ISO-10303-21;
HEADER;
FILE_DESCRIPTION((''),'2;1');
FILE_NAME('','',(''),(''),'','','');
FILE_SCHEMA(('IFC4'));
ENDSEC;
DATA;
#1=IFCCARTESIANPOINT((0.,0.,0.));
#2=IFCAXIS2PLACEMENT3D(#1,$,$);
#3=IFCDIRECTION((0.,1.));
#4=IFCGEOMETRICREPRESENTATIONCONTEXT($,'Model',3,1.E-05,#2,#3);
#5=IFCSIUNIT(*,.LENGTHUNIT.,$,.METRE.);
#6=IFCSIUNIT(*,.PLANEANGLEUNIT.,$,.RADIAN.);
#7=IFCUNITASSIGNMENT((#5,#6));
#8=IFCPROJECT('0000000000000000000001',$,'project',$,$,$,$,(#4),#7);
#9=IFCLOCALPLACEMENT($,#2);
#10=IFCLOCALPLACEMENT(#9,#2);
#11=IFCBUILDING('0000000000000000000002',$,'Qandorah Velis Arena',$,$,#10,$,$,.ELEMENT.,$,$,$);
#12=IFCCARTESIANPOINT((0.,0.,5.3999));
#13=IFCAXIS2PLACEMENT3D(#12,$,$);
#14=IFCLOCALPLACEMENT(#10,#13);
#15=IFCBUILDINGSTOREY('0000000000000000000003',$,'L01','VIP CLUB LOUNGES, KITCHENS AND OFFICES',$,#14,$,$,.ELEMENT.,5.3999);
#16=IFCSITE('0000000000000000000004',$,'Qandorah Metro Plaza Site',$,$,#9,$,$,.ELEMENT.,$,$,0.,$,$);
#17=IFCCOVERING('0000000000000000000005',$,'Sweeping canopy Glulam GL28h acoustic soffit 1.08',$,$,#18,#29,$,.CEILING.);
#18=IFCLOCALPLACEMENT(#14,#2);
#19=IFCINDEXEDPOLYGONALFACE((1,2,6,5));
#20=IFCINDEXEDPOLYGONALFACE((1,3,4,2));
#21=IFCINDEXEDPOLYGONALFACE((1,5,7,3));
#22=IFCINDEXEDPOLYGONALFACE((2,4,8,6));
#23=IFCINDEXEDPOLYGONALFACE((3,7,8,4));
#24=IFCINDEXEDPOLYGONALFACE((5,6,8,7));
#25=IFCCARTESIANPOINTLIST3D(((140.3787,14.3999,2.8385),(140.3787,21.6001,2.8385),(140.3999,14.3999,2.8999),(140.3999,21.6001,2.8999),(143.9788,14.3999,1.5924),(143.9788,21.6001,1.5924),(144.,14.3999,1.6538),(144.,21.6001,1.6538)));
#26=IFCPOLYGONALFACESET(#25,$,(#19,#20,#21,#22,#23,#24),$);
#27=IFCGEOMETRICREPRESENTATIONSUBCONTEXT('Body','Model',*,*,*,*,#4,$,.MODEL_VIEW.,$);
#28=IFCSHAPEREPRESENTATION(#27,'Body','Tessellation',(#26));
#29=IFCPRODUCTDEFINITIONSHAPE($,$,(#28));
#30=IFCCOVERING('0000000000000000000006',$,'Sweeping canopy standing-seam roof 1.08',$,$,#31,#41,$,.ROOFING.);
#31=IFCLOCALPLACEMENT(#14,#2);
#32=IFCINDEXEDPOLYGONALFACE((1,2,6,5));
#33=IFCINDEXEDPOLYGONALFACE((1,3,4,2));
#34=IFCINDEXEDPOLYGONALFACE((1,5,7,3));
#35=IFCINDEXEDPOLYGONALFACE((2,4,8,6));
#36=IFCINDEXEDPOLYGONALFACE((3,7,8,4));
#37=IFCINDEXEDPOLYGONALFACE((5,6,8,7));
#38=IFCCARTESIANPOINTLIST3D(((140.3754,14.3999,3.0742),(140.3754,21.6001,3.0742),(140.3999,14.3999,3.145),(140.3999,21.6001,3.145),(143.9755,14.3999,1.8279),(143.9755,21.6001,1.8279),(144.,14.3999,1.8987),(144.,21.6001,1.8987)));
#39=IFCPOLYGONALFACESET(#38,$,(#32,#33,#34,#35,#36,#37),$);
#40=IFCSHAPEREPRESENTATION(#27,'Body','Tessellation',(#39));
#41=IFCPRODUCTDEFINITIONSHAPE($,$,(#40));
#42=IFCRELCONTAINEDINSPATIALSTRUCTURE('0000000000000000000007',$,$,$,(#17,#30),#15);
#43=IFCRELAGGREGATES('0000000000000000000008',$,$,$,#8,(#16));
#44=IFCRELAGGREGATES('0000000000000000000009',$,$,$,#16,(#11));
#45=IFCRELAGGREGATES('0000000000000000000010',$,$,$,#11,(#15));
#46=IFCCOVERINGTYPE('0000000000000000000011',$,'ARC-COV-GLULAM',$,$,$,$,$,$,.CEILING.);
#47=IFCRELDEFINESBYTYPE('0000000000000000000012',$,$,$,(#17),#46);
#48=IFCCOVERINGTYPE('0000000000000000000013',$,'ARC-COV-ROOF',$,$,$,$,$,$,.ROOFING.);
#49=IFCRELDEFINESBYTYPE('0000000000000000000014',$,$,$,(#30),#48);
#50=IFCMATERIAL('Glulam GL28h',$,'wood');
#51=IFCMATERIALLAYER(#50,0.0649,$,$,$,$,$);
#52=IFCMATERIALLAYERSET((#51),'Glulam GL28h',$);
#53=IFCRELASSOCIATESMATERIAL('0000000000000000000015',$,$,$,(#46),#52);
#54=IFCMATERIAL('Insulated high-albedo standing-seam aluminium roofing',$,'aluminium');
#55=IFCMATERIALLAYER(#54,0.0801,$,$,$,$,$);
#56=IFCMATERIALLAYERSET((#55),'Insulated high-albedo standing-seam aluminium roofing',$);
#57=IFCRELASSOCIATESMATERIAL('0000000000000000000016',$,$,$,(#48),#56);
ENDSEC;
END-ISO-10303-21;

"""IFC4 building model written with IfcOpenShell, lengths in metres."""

from ifc_helpers import new_model, si_unit, direction, frame, origin, place, context, subcontext, project, spatial, polyline, outline, extrude, material, layer, layer_set, type_object, element, save


model = new_model("IFC4")

# Units and contexts
model_context = context("Model", 3, precision=1e-05, world=origin(), true_north=direction((0.0, 1.0)))
body_context = subcontext(model_context, "Body", "Model", "MODEL_VIEW")
ifc_project = project(units=[si_unit("LENGTHUNIT", "METRE"), si_unit("PLANEANGLEUNIT", "RADIAN")], contexts=[model_context])

# Site, building, storey
site_placement = place(None, origin())
site = spatial("IfcSite", under=ifc_project, at=site_placement, Name="Qandorah Metro Plaza Site", CompositionType="ELEMENT", RefElevation=0.0)
building_placement = place(site_placement, origin())
building = spatial("IfcBuilding", under=site, at=building_placement, Name="Qandorah Velis Arena", CompositionType="ELEMENT")
storey_placement = place(building_placement, frame((0.0, 0.0, 5.3999)))
storey = spatial("IfcBuildingStorey", under=building, at=storey_placement, Name="L01", Description="VIP CLUB LOUNGES, KITCHENS AND OFFICES", CompositionType="ELEMENT", Elevation=5.3999)

# Coverings
ifc_material_1 = material(Name="Glulam GL28h", Category="wood")
ifc_layer_1 = layer(ifc_material_1, 0.0649)
ifc_layer_set_1 = layer_set([ifc_layer_1], Name="Glulam GL28h")
covering_type_1 = type_object("IfcCoveringType", Name="ARC-COV-GLULAM", PredefinedType="CEILING", material=ifc_layer_set_1)
covering_1_placement = place(storey_placement, frame((140.3999, 14.3999, 2.8999), z_axis=(0.327089, 0.0, 0.944994), x_axis=(0.944994, 0.0, -0.327089)))
element("IfcCovering", 1, at=covering_1_placement, inside=storey, type_object=covering_type_1, Name="Sweeping canopy Glulam GL28h acoustic soffit 1.08", PredefinedType="CEILING", context=body_context, shape_type="SweptSolid", body=[
    extrude(outline(polyline([(0.0, 0.0), (3.8097, 0.0), (3.8097, 7.2002), (0.0, 7.2002), (0.0, 0.0)])), origin(), (0.0, 0.0, -1.0), 0.0649),
])
ifc_material_2 = material(Name="Insulated high-albedo standing-seam aluminium roofing", Category="aluminium")
ifc_layer_2 = layer(ifc_material_2, 0.0801)
ifc_layer_set_2 = layer_set([ifc_layer_2], Name="Insulated high-albedo standing-seam aluminium roofing")
covering_type_2 = type_object("IfcCoveringType", Name="ARC-COV-ROOF", PredefinedType="ROOFING", material=ifc_layer_set_2)
covering_2_placement = place(storey_placement, frame((140.3999, 14.3999, 3.145), z_axis=(0.327146, 0.0, 0.944974), x_axis=(0.944974, 0.0, -0.327146)))
element("IfcCovering", 2, at=covering_2_placement, inside=storey, type_object=covering_type_2, Name="Sweeping canopy standing-seam roof 1.08", PredefinedType="ROOFING", context=body_context, shape_type="SweptSolid", body=[
    extrude(outline(polyline([(0.0, 0.0), (3.8097, 0.0), (3.8097, 7.2002), (0.0, 7.2002), (0.0, 0.0)])), origin(), (0.0, 0.0, -1.0), 0.075),
])

save(model, "model.ifc")
